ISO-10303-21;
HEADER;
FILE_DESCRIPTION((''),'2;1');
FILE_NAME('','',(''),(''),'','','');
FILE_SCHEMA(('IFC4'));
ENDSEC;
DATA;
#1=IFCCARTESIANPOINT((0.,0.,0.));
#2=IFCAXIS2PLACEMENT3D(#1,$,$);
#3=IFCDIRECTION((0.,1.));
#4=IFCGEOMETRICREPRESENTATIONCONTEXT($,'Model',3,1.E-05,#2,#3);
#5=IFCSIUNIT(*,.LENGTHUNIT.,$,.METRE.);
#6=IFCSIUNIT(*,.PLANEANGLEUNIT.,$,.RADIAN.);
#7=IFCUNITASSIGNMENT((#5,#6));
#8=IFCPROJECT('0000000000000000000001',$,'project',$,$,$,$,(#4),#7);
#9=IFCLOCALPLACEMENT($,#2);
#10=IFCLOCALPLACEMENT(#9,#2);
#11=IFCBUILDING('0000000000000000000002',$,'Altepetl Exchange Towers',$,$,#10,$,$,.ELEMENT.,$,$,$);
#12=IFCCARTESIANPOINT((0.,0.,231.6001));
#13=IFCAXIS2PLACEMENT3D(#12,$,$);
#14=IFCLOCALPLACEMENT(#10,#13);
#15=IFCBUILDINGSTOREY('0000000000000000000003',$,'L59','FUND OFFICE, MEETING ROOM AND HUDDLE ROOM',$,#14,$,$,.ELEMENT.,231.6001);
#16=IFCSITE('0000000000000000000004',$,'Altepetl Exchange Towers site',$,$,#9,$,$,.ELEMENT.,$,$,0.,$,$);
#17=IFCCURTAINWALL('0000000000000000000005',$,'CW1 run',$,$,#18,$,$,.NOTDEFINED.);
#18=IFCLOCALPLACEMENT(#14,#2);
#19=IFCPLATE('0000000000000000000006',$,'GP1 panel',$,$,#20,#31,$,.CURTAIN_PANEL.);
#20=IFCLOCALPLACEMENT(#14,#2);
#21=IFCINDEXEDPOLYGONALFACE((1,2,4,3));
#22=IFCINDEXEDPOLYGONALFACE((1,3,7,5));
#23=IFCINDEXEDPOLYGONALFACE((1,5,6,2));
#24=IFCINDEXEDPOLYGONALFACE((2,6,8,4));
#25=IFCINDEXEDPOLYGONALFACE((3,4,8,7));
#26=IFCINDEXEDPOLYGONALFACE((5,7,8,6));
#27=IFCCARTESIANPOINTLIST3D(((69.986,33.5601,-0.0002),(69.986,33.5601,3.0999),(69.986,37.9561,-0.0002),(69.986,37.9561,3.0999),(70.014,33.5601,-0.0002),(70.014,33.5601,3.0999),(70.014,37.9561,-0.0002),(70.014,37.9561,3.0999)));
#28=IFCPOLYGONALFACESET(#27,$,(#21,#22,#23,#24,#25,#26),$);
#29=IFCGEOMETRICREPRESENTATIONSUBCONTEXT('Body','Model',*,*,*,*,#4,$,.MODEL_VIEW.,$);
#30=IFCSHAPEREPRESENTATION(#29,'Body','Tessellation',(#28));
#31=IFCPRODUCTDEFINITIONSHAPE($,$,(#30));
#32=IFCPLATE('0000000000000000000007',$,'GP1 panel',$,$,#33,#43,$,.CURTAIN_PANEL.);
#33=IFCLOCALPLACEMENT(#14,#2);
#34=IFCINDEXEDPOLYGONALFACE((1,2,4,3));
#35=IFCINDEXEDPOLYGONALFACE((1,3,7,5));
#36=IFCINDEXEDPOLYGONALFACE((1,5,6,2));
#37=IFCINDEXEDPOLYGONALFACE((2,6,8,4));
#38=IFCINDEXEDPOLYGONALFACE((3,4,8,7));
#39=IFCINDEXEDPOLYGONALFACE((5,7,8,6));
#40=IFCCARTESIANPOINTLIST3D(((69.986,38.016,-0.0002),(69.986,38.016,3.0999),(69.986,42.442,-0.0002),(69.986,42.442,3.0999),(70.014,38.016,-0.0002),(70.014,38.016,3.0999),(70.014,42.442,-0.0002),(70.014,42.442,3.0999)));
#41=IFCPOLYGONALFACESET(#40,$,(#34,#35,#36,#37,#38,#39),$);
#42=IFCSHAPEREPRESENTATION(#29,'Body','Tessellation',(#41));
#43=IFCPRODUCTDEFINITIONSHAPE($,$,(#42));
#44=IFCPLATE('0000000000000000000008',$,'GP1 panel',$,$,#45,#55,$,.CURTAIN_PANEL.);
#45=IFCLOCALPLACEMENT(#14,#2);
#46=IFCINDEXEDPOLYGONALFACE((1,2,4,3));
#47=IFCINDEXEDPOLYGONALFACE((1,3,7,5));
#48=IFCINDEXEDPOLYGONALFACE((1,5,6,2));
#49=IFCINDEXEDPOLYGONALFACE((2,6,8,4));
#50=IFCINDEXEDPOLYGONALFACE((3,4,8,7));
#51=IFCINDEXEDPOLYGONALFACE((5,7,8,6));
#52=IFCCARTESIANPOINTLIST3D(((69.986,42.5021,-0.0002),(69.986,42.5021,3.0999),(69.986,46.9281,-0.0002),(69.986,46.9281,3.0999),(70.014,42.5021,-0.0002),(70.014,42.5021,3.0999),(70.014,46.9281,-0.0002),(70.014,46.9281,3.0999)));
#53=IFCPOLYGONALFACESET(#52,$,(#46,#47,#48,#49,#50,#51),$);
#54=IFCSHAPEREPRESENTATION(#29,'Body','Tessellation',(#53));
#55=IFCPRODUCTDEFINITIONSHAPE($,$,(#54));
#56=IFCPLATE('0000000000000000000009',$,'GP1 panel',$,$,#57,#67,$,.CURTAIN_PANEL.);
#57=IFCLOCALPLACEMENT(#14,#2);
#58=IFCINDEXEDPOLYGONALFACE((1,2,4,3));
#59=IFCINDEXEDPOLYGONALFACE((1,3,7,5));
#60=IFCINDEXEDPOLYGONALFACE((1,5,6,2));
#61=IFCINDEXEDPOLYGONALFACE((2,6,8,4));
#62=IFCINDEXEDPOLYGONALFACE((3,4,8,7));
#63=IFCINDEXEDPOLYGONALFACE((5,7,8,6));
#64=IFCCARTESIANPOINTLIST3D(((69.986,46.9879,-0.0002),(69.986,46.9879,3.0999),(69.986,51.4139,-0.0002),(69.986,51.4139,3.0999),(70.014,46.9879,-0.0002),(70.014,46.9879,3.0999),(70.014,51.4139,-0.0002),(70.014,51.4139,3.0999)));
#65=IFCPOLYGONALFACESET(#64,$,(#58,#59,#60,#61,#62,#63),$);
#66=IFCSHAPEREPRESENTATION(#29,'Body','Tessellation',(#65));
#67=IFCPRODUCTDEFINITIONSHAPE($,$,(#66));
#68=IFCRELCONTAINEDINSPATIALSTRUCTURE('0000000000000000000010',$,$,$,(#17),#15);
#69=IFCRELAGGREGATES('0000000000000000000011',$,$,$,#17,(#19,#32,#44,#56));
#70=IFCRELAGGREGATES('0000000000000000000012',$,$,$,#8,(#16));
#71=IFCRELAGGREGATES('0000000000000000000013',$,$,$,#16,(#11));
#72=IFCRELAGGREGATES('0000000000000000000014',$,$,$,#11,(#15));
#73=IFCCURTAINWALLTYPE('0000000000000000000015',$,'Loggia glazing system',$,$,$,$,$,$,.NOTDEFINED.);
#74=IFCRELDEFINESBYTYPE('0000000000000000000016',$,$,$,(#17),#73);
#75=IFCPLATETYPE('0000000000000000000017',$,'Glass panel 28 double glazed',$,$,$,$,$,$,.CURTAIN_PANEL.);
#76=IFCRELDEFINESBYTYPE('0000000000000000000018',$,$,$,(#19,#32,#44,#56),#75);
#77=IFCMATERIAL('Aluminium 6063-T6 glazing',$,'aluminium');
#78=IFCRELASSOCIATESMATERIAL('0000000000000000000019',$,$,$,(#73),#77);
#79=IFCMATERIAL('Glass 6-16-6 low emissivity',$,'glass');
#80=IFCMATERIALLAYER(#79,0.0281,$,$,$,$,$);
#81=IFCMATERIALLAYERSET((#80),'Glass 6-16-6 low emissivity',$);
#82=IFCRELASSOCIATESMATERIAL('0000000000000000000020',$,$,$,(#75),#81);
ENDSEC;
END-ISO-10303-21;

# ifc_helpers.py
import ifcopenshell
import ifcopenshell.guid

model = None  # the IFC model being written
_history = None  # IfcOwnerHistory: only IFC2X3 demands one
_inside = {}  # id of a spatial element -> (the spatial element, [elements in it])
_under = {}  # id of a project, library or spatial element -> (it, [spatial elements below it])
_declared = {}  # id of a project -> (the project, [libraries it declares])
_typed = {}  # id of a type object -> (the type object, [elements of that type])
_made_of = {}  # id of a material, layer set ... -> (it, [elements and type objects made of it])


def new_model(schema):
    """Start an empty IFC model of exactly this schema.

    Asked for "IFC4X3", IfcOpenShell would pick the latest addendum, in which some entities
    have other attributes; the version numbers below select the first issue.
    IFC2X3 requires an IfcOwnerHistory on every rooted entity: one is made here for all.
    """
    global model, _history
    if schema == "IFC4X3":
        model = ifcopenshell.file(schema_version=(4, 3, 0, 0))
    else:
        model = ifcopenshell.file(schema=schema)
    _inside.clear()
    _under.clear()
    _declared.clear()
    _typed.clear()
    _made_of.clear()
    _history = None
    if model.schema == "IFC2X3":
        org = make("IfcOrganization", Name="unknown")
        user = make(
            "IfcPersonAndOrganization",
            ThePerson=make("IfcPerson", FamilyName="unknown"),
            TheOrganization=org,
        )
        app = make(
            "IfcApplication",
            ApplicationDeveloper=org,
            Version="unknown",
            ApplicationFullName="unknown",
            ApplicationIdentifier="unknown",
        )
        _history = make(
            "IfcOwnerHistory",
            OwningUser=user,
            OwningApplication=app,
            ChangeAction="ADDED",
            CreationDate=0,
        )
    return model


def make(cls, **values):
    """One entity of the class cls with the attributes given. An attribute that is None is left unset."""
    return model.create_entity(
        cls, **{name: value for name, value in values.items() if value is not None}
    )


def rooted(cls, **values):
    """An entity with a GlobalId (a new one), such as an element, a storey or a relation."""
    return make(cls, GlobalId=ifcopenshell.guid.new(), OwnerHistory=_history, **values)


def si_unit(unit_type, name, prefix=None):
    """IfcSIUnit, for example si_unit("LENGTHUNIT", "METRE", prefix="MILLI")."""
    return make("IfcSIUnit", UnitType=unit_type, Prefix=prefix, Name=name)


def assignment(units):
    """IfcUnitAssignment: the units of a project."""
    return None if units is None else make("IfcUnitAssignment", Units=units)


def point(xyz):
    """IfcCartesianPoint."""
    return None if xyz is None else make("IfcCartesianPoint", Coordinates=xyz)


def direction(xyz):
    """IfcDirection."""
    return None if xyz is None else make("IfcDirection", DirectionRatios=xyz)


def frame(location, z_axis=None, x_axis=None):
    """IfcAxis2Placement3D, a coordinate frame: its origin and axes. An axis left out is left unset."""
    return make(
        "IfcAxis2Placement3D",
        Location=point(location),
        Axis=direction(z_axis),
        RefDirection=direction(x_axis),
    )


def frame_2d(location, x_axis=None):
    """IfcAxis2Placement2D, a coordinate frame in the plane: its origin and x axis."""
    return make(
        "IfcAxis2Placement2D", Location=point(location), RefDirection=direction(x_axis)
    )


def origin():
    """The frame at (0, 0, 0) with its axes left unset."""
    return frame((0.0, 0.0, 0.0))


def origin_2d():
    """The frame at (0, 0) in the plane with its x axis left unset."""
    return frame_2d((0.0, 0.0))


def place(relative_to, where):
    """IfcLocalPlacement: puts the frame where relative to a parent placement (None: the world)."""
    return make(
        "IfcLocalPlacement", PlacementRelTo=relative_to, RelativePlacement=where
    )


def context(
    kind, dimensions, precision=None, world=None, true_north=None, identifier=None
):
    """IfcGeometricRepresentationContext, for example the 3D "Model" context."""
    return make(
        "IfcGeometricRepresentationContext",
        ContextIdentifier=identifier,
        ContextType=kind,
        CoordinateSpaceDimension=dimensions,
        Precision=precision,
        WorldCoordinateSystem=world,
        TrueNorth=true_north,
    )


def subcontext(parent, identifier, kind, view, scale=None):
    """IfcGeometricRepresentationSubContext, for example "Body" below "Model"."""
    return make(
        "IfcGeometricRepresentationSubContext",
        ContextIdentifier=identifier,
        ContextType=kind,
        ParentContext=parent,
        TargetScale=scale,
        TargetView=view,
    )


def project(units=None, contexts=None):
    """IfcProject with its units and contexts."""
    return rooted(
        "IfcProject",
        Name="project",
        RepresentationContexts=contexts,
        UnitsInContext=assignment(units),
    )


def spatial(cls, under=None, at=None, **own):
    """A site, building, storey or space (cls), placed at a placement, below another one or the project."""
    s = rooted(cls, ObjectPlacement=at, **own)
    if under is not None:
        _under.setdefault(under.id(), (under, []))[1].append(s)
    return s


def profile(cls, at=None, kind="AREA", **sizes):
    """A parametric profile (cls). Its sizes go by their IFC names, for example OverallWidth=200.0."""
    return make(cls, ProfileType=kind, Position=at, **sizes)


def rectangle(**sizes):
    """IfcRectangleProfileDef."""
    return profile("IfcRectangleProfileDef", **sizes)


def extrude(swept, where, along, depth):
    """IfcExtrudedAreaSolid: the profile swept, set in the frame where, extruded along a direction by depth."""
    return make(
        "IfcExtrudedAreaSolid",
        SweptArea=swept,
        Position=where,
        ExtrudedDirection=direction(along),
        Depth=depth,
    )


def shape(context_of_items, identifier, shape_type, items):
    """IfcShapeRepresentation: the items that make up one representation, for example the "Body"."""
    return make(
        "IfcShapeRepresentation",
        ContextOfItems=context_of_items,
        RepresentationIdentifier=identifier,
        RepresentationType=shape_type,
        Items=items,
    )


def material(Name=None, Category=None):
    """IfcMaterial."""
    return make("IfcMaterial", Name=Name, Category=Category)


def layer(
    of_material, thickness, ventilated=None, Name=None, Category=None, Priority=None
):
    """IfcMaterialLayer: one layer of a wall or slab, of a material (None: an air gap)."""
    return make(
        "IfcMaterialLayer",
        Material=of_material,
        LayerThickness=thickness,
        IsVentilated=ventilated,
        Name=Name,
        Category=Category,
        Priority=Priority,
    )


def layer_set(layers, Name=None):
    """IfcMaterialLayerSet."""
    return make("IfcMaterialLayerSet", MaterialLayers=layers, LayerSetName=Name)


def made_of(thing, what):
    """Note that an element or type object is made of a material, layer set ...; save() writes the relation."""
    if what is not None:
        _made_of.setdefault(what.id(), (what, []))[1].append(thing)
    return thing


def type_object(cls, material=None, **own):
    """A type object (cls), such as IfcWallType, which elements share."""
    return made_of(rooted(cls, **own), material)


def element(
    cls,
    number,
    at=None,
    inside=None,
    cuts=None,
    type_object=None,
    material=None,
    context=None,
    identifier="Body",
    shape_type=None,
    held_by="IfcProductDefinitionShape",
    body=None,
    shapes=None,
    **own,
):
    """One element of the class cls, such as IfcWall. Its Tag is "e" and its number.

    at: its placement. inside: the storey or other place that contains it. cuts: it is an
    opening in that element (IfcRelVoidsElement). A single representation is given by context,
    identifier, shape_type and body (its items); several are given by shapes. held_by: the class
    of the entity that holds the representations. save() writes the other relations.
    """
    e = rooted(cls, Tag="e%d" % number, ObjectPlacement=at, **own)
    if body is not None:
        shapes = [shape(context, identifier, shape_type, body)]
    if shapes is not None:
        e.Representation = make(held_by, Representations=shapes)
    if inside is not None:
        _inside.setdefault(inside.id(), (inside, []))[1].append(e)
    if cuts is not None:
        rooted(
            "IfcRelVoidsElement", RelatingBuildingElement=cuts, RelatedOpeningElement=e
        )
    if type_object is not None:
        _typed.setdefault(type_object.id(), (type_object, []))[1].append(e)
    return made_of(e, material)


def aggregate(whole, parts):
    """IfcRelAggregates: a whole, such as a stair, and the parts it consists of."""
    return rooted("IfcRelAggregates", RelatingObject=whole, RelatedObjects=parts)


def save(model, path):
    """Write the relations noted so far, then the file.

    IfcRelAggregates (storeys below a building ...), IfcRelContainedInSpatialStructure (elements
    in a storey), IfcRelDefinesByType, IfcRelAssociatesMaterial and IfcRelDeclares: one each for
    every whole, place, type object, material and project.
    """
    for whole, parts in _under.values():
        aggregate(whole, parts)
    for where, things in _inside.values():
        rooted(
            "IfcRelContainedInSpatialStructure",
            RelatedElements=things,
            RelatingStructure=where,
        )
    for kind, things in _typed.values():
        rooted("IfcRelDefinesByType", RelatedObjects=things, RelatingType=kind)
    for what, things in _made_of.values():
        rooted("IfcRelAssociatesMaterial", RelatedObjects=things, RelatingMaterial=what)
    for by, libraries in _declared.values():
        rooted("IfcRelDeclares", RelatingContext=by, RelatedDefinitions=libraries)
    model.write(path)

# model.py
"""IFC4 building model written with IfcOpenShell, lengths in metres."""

from ifc_helpers import new_model, si_unit, direction, frame, origin, origin_2d, place, context, subcontext, project, spatial, rectangle, extrude, material, layer, layer_set, type_object, element, aggregate, save


model = new_model("IFC4")

# Units and contexts
model_context = context("Model", 3, precision=1e-05, world=origin(), true_north=direction((0.0, 1.0)))
body_context = subcontext(model_context, "Body", "Model", "MODEL_VIEW")
ifc_project = project(units=[si_unit("LENGTHUNIT", "METRE"), si_unit("PLANEANGLEUNIT", "RADIAN")], contexts=[model_context])

# Site, building, storey
site_placement = place(None, origin())
site = spatial("IfcSite", under=ifc_project, at=site_placement, Name="Altepetl Exchange Towers site", CompositionType="ELEMENT", RefElevation=0.0)
building_placement = place(site_placement, origin())
building = spatial("IfcBuilding", under=site, at=building_placement, Name="Altepetl Exchange Towers", CompositionType="ELEMENT")
storey_placement = place(building_placement, frame((0.0, 0.0, 231.6001)))
storey = spatial("IfcBuildingStorey", under=building, at=storey_placement, Name="L59", Description="FUND OFFICE, MEETING ROOM AND HUDDLE ROOM", CompositionType="ELEMENT", Elevation=231.6001)

# Curtain wall
ifc_material_1 = material(Name="Aluminium 6063-T6 glazing", Category="aluminium")
curtain_wall_type = type_object("IfcCurtainWallType", Name="Loggia glazing system", PredefinedType="NOTDEFINED", material=ifc_material_1)
curtain_wall_1_placement = place(storey_placement, origin())
curtain_wall_1 = element("IfcCurtainWall", 1, at=curtain_wall_1_placement, inside=storey, type_object=curtain_wall_type, Name="CW1 run", PredefinedType="NOTDEFINED")

# Plates
ifc_material_2 = material(Name="Glass 6-16-6 low emissivity", Category="glass")
ifc_layer = layer(ifc_material_2, 0.0281)
ifc_layer_set = layer_set([ifc_layer], Name="Glass 6-16-6 low emissivity")
plate_type = type_object("IfcPlateType", Name="Glass panel 28 double glazed", PredefinedType="CURTAIN_PANEL", material=ifc_layer_set)
plate_1_placement = place(storey_placement, frame((70.0, 35.7581, -0.0002), z_axis=(0.0, 0.0, 1.0), x_axis=(0.0, 1.0, 0.0)))
plate_1 = element("IfcPlate", 2, at=plate_1_placement, type_object=plate_type, Name="GP1 panel", PredefinedType="CURTAIN_PANEL", context=body_context, shape_type="SweptSolid", body=[
    extrude(rectangle(XDim=4.396, YDim=0.0281, at=origin_2d()), origin(), (0.0, 0.0, 1.0), 3.1001),
])
plate_2_placement = place(storey_placement, frame((70.0, 40.229, -0.0002), z_axis=(0.0, 0.0, 1.0), x_axis=(0.0, 1.0, 0.0)))
plate_2 = element("IfcPlate", 3, at=plate_2_placement, type_object=plate_type, Name="GP1 panel", PredefinedType="CURTAIN_PANEL", context=body_context, shape_type="SweptSolid", body=[
    extrude(rectangle(XDim=4.426, YDim=0.0281, at=origin_2d()), origin(), (0.0, 0.0, 1.0), 3.1001),
])
plate_3_placement = place(storey_placement, frame((70.0, 44.7151, -0.0002), z_axis=(0.0, 0.0, 1.0), x_axis=(0.0, 1.0, 0.0)))
plate_3 = element("IfcPlate", 4, at=plate_3_placement, type_object=plate_type, Name="GP1 panel", PredefinedType="CURTAIN_PANEL", context=body_context, shape_type="SweptSolid", body=[
    extrude(rectangle(XDim=4.426, YDim=0.0281, at=origin_2d()), origin(), (0.0, 0.0, 1.0), 3.1001),
])
plate_4_placement = place(storey_placement, frame((70.0, 49.2009, -0.0002), z_axis=(0.0, 0.0, 1.0), x_axis=(0.0, 1.0, 0.0)))
plate_4 = element("IfcPlate", 5, at=plate_4_placement, type_object=plate_type, Name="GP1 panel", PredefinedType="CURTAIN_PANEL", context=body_context, shape_type="SweptSolid", body=[
    extrude(rectangle(XDim=4.426, YDim=0.0281, at=origin_2d()), origin(), (0.0, 0.0, 1.0), 3.1001),
])
aggregate(curtain_wall_1, [plate_1, plate_2, plate_3, plate_4])

save(model, "model.ifc")
